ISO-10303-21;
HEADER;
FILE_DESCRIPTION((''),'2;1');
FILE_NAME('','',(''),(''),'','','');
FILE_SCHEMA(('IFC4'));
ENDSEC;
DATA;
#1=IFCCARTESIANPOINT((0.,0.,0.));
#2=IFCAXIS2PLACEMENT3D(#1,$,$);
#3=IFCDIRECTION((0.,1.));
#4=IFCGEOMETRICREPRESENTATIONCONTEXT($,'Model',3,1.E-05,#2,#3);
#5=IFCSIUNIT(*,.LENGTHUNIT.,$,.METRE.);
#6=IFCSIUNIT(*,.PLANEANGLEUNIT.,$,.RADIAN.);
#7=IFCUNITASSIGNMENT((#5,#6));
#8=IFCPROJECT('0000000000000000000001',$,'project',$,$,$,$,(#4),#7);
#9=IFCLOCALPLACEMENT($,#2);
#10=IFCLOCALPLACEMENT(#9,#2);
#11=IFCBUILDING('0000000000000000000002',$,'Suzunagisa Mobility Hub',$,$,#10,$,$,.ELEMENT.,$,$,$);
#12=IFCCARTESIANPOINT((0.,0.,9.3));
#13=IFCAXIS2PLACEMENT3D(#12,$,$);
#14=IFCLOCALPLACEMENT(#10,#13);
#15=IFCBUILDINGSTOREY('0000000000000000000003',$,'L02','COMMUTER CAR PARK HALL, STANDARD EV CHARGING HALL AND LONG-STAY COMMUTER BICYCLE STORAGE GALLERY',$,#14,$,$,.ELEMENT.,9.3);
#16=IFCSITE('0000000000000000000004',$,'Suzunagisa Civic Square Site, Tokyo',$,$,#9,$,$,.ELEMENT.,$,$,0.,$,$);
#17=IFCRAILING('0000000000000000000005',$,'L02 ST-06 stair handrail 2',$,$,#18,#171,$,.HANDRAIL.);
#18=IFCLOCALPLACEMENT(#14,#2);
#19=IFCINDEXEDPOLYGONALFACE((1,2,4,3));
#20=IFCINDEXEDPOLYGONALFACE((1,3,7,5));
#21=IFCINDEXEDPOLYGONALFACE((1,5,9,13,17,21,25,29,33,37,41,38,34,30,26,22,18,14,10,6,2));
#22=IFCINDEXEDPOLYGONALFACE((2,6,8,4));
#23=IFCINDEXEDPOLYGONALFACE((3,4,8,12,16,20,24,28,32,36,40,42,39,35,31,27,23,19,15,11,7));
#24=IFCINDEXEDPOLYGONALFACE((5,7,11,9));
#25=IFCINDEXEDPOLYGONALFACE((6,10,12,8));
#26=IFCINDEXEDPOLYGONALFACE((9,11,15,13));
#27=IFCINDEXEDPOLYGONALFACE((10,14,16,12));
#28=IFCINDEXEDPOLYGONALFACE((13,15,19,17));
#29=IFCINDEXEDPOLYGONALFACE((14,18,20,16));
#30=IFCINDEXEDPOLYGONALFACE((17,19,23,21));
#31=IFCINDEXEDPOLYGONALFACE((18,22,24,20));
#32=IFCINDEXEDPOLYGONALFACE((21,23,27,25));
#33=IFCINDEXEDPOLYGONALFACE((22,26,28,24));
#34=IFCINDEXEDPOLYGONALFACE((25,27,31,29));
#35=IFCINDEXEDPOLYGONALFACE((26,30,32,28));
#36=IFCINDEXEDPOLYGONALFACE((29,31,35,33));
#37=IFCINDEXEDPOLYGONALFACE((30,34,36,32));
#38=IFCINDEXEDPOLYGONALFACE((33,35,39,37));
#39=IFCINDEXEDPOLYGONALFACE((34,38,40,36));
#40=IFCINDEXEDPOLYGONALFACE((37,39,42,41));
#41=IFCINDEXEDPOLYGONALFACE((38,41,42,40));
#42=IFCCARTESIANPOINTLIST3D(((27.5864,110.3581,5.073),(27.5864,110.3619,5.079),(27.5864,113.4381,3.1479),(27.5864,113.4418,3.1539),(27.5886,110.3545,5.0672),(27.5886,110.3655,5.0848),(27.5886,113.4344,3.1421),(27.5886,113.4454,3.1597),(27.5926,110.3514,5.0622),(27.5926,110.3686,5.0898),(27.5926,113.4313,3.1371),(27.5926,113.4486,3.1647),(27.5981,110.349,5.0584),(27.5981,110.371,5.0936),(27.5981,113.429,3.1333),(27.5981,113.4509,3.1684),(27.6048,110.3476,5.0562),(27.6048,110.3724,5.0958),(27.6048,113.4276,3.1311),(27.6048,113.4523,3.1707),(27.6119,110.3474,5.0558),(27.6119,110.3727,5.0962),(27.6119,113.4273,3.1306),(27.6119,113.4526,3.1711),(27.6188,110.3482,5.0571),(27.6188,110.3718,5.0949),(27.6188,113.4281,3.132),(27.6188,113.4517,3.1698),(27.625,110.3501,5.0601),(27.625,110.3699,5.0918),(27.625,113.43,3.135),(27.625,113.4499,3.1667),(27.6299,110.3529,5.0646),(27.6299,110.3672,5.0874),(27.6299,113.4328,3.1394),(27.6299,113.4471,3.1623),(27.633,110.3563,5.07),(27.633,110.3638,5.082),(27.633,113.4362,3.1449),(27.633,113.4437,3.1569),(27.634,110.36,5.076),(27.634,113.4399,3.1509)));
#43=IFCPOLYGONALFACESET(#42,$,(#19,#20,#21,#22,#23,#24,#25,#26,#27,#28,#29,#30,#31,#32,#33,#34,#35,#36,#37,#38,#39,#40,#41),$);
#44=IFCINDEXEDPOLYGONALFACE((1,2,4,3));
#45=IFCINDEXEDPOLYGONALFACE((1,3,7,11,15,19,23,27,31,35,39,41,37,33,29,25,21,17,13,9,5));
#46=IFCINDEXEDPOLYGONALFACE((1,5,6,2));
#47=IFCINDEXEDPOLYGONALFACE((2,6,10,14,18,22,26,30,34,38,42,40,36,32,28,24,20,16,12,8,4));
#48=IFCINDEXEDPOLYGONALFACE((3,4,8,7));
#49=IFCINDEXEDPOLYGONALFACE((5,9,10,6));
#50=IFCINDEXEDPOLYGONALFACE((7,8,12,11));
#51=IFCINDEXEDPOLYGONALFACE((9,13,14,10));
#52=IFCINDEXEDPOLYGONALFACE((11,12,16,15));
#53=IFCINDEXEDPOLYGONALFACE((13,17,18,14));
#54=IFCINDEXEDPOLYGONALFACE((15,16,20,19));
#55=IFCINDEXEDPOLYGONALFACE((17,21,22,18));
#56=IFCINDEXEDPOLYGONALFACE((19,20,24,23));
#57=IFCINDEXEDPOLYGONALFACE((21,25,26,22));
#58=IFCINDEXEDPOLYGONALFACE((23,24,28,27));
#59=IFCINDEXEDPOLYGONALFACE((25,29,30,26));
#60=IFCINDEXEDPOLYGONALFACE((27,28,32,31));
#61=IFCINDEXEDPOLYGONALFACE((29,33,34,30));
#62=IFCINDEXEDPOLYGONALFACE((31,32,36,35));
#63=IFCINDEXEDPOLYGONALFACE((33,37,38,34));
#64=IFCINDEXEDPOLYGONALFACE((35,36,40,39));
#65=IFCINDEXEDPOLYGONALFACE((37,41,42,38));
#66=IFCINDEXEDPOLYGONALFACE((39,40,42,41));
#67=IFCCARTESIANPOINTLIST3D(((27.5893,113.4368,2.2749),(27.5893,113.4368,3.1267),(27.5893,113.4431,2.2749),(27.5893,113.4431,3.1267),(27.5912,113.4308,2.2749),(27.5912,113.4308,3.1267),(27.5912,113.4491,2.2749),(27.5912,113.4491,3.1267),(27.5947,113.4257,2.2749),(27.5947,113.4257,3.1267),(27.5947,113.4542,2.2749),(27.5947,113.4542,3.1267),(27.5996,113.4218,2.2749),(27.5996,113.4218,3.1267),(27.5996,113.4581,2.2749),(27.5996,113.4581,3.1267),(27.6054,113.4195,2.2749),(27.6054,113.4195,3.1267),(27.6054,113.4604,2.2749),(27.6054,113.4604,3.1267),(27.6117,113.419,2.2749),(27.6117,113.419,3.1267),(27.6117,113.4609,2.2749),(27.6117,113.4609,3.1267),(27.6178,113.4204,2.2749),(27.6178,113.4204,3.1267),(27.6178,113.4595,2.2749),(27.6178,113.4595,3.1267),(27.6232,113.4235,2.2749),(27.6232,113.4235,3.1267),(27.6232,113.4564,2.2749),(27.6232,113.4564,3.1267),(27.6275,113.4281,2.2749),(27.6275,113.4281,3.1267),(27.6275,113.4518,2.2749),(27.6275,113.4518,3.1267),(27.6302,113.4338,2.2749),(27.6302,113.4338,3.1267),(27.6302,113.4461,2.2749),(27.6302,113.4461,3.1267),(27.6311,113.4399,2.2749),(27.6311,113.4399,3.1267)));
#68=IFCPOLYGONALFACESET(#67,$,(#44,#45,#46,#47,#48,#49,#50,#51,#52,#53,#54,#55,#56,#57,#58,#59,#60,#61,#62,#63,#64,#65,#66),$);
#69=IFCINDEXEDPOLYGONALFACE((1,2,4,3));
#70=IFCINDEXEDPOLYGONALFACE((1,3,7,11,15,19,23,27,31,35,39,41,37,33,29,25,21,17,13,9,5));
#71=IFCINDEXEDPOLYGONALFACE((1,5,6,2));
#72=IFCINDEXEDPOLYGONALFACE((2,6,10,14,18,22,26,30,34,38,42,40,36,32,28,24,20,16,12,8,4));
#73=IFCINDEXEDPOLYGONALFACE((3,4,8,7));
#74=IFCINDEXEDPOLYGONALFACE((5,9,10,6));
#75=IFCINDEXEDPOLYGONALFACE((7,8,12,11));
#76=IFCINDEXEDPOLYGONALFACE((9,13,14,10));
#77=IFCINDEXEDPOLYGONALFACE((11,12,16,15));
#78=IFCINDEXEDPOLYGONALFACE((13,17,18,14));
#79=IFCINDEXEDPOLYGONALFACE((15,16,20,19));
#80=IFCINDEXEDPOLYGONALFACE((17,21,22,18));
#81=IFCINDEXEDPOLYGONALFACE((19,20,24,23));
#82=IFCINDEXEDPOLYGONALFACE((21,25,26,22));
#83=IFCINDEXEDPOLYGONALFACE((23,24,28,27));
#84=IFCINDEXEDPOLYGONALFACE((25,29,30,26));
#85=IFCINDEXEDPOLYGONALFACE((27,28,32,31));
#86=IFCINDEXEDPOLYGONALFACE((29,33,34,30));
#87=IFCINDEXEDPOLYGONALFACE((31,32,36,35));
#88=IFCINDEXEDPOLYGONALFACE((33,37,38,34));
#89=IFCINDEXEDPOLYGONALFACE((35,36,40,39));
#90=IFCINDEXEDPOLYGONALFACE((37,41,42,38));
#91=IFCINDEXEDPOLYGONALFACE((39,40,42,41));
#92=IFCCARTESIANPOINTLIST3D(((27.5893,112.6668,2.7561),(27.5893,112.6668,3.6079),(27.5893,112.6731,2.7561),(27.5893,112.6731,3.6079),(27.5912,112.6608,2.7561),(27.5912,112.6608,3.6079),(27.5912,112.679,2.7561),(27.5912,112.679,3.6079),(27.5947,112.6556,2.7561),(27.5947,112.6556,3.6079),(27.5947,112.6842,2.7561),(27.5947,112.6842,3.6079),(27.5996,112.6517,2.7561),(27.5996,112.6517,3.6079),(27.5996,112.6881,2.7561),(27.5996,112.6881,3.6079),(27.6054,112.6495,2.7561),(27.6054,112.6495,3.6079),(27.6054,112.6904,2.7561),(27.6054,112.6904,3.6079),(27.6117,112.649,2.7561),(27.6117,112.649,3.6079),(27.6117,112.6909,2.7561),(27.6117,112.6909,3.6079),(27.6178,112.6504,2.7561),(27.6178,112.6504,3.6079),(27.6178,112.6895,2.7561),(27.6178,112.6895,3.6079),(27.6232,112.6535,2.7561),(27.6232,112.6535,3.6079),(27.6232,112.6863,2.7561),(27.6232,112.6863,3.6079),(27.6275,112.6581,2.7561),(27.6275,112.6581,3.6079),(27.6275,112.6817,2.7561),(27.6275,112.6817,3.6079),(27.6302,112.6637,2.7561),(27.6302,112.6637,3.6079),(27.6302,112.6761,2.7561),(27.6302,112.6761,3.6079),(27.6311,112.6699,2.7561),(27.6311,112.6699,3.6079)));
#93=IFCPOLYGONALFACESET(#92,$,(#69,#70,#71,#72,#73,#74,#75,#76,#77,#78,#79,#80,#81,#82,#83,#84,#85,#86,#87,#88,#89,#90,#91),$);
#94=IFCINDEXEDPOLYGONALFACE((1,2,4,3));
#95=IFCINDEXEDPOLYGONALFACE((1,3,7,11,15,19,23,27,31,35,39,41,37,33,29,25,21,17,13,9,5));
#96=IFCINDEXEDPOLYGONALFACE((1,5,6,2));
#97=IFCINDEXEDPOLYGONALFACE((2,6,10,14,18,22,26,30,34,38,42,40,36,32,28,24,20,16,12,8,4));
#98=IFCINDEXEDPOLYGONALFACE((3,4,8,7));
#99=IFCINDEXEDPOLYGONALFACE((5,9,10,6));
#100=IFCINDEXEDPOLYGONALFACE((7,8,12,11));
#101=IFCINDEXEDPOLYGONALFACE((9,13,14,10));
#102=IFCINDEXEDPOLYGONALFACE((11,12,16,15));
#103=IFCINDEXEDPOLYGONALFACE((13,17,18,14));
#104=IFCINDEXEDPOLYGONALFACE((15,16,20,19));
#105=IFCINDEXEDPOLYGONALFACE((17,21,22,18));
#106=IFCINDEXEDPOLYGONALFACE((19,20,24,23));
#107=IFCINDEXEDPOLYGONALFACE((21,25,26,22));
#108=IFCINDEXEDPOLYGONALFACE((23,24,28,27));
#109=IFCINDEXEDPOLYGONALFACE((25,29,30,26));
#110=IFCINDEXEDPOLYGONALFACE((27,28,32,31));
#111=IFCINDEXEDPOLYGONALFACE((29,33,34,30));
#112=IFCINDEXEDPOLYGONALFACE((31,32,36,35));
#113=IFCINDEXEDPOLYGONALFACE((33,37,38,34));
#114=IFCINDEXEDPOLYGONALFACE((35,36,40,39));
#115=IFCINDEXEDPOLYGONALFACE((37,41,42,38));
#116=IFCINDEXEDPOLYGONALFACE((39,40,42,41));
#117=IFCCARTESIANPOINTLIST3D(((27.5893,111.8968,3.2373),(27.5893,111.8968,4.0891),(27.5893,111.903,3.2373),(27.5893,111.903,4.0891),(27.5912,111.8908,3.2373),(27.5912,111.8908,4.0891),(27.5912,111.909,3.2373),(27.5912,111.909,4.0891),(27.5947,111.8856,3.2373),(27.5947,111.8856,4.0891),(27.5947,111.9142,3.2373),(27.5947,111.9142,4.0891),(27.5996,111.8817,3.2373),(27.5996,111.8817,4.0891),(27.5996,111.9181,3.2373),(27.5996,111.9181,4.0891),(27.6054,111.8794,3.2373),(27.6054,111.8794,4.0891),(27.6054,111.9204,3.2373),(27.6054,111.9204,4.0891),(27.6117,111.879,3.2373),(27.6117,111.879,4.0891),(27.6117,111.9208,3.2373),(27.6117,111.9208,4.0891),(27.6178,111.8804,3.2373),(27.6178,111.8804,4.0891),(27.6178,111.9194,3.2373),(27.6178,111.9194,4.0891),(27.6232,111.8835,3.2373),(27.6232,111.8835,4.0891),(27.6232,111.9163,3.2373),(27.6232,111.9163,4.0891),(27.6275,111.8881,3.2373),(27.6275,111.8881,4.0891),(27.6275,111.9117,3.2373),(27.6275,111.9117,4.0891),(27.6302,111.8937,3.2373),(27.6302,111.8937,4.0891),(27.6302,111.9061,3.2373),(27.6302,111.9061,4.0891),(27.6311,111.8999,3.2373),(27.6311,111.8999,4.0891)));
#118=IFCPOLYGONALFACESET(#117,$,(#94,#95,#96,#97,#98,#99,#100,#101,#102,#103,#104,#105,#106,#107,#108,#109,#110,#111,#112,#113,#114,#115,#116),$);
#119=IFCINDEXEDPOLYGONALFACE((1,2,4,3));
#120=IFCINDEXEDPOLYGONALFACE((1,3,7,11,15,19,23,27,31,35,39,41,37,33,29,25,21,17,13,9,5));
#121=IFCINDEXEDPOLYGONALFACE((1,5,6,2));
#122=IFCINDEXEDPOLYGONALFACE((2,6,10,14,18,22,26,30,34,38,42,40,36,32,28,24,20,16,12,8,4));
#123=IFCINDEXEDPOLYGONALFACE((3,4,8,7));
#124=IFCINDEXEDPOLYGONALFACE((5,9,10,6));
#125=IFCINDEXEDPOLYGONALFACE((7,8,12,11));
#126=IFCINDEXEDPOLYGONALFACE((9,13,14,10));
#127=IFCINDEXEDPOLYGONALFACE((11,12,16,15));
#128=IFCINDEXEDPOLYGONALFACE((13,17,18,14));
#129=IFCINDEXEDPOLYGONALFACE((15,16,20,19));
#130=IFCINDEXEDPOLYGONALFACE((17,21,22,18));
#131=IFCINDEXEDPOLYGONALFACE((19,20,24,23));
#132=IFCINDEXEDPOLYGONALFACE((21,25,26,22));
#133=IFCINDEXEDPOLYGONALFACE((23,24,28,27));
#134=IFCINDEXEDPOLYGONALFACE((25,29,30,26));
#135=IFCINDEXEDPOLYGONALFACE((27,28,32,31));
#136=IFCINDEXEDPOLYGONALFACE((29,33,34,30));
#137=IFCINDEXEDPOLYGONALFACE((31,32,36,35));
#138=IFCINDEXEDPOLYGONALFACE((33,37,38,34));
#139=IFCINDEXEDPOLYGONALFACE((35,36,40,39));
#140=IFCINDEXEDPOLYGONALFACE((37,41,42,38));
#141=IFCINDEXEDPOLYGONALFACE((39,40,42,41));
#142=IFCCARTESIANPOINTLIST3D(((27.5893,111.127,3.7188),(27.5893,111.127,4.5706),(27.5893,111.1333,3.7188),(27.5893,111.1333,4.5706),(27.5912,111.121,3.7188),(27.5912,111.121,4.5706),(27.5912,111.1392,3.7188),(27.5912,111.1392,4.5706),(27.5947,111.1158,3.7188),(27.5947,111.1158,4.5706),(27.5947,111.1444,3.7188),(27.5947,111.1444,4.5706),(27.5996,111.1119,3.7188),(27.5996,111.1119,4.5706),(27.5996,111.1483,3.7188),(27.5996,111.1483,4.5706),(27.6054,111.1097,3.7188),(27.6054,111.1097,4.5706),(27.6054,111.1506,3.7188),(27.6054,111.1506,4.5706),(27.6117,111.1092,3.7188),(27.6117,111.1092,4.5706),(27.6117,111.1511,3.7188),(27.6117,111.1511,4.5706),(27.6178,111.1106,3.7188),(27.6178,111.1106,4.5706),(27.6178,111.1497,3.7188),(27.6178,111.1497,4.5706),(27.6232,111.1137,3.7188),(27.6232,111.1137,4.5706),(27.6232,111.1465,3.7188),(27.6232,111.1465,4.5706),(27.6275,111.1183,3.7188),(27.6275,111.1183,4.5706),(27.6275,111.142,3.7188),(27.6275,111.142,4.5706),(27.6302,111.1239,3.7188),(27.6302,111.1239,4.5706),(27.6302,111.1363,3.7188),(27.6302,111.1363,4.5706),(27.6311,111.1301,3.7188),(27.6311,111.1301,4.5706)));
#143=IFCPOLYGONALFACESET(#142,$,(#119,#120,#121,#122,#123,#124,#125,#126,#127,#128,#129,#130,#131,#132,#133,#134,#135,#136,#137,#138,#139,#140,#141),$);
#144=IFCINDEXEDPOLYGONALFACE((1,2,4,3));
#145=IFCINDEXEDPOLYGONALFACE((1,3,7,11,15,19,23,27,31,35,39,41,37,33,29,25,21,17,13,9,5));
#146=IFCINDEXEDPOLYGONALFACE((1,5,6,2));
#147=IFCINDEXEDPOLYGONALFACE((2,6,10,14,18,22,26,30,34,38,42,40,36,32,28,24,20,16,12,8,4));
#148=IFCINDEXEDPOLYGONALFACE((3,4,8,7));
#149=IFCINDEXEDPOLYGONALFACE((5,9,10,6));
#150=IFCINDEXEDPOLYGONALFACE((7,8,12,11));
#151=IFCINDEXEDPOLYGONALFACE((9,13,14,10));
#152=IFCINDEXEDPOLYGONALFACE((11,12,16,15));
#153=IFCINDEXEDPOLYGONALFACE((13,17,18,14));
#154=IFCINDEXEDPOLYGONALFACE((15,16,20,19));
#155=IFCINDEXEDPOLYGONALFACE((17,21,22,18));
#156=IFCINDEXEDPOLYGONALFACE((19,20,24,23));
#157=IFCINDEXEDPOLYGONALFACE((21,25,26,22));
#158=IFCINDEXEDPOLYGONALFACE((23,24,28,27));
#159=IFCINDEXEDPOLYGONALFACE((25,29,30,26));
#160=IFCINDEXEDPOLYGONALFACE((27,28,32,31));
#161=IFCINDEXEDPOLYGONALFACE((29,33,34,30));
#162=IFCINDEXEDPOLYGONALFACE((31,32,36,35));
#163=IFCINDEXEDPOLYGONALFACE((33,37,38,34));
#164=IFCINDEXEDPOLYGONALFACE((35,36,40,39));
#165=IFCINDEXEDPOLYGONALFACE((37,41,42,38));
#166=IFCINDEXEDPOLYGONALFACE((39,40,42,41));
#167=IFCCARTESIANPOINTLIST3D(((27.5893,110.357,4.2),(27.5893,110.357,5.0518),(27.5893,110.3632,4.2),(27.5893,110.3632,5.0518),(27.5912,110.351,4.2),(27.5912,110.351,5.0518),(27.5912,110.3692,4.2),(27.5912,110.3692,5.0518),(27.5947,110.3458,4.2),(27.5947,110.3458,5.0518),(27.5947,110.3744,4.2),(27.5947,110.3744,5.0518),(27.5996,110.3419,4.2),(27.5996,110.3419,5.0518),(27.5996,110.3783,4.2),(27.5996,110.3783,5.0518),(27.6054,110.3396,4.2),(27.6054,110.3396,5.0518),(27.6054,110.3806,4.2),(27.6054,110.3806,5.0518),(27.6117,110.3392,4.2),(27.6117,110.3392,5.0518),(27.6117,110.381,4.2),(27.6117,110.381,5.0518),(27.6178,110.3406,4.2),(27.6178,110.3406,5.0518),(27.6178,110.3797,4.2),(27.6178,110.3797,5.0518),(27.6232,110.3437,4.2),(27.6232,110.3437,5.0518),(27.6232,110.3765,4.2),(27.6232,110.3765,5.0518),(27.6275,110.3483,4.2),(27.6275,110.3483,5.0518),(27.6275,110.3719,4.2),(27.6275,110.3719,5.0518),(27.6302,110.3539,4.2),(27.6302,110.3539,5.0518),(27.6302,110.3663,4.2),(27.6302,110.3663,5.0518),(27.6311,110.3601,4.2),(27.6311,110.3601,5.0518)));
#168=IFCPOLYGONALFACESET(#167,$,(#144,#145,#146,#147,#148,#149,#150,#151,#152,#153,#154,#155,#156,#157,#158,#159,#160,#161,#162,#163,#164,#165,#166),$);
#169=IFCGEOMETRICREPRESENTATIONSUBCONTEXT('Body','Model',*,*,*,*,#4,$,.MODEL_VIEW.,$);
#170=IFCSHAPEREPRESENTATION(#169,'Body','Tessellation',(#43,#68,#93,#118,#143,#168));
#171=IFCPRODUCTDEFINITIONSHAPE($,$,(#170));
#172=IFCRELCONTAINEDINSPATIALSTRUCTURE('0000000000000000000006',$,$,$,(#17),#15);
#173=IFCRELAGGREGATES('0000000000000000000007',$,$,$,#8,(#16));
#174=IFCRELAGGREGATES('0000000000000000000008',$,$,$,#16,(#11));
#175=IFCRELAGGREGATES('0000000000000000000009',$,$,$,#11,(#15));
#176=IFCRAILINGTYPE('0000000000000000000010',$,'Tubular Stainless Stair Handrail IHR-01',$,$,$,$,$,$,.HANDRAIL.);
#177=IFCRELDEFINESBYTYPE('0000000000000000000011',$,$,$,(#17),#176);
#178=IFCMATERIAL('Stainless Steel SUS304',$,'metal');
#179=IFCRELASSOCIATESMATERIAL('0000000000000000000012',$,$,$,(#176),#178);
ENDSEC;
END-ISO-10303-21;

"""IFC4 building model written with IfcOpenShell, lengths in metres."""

from ifc_helpers import new_model, si_unit, direction, frame, origin, origin_2d, place, context, subcontext, project, spatial, circle, extrude, material, type_object, element, save


model = new_model("IFC4")

# Units and contexts
model_context = context("Model", 3, precision=1e-05, world=origin(), true_north=direction((0.0, 1.0)))
body_context = subcontext(model_context, "Body", "Model", "MODEL_VIEW")
ifc_project = project(units=[si_unit("LENGTHUNIT", "METRE"), si_unit("PLANEANGLEUNIT", "RADIAN")], contexts=[model_context])

# Site, building, storey
site_placement = place(None, origin())
site = spatial("IfcSite", under=ifc_project, at=site_placement, Name="Suzunagisa Civic Square Site, Tokyo", CompositionType="ELEMENT", RefElevation=0.0)
building_placement = place(site_placement, origin())
building = spatial("IfcBuilding", under=site, at=building_placement, Name="Suzunagisa Mobility Hub", CompositionType="ELEMENT")
storey_placement = place(building_placement, frame((0.0, 0.0, 9.3)))
storey = spatial("IfcBuildingStorey", under=building, at=storey_placement, Name="L02", Description="COMMUTER CAR PARK HALL, STANDARD EV CHARGING HALL AND LONG-STAY COMMUTER BICYCLE STORAGE GALLERY", CompositionType="ELEMENT", Elevation=9.3)

# Railing
ifc_material_1 = material(Name="Stainless Steel SUS304", Category="metal")
railing_type_1 = type_object("IfcRailingType", Name="Tubular Stainless Stair Handrail IHR-01", PredefinedType="HANDRAIL", material=ifc_material_1)
railing_1_placement = place(storey_placement, frame((27.6101, 113.4399, 2.2749)))
element("IfcRailing", 1, at=railing_1_placement, inside=storey, type_object=railing_type_1, Name="L02 ST-06 stair handrail 2", PredefinedType="HANDRAIL", context=body_context, shape_type="SweptSolid", body=[
    extrude(circle(Radius=0.0239, at=origin_2d()), frame((0.0, 0.0, 0.876), z_axis=(0.0, -0.847979, 0.530029), x_axis=(1.0, 0.0, 0.0)), (0.0, 0.0, 1.0), 3.6321),
    extrude(circle(Radius=0.021, at=origin_2d()), origin(), (0.0, 0.0, 1.0), 0.8518),
    extrude(circle(Radius=0.021, at=origin_2d()), frame((0.0, -0.77, 0.4812)), (0.0, 0.0, 1.0), 0.8518),
    extrude(circle(Radius=0.021, at=origin_2d()), frame((0.0, -1.54, 0.9624)), (0.0, 0.0, 1.0), 0.8518),
    extrude(circle(Radius=0.021, at=origin_2d()), frame((0.0, -2.3098, 1.4438)), (0.0, 0.0, 1.0), 0.8518),
    extrude(circle(Radius=0.021, at=origin_2d()), frame((0.0, -3.0798, 1.925)), (0.0, 0.0, 1.0), 0.8518),
])

save(model, "model.ifc")
